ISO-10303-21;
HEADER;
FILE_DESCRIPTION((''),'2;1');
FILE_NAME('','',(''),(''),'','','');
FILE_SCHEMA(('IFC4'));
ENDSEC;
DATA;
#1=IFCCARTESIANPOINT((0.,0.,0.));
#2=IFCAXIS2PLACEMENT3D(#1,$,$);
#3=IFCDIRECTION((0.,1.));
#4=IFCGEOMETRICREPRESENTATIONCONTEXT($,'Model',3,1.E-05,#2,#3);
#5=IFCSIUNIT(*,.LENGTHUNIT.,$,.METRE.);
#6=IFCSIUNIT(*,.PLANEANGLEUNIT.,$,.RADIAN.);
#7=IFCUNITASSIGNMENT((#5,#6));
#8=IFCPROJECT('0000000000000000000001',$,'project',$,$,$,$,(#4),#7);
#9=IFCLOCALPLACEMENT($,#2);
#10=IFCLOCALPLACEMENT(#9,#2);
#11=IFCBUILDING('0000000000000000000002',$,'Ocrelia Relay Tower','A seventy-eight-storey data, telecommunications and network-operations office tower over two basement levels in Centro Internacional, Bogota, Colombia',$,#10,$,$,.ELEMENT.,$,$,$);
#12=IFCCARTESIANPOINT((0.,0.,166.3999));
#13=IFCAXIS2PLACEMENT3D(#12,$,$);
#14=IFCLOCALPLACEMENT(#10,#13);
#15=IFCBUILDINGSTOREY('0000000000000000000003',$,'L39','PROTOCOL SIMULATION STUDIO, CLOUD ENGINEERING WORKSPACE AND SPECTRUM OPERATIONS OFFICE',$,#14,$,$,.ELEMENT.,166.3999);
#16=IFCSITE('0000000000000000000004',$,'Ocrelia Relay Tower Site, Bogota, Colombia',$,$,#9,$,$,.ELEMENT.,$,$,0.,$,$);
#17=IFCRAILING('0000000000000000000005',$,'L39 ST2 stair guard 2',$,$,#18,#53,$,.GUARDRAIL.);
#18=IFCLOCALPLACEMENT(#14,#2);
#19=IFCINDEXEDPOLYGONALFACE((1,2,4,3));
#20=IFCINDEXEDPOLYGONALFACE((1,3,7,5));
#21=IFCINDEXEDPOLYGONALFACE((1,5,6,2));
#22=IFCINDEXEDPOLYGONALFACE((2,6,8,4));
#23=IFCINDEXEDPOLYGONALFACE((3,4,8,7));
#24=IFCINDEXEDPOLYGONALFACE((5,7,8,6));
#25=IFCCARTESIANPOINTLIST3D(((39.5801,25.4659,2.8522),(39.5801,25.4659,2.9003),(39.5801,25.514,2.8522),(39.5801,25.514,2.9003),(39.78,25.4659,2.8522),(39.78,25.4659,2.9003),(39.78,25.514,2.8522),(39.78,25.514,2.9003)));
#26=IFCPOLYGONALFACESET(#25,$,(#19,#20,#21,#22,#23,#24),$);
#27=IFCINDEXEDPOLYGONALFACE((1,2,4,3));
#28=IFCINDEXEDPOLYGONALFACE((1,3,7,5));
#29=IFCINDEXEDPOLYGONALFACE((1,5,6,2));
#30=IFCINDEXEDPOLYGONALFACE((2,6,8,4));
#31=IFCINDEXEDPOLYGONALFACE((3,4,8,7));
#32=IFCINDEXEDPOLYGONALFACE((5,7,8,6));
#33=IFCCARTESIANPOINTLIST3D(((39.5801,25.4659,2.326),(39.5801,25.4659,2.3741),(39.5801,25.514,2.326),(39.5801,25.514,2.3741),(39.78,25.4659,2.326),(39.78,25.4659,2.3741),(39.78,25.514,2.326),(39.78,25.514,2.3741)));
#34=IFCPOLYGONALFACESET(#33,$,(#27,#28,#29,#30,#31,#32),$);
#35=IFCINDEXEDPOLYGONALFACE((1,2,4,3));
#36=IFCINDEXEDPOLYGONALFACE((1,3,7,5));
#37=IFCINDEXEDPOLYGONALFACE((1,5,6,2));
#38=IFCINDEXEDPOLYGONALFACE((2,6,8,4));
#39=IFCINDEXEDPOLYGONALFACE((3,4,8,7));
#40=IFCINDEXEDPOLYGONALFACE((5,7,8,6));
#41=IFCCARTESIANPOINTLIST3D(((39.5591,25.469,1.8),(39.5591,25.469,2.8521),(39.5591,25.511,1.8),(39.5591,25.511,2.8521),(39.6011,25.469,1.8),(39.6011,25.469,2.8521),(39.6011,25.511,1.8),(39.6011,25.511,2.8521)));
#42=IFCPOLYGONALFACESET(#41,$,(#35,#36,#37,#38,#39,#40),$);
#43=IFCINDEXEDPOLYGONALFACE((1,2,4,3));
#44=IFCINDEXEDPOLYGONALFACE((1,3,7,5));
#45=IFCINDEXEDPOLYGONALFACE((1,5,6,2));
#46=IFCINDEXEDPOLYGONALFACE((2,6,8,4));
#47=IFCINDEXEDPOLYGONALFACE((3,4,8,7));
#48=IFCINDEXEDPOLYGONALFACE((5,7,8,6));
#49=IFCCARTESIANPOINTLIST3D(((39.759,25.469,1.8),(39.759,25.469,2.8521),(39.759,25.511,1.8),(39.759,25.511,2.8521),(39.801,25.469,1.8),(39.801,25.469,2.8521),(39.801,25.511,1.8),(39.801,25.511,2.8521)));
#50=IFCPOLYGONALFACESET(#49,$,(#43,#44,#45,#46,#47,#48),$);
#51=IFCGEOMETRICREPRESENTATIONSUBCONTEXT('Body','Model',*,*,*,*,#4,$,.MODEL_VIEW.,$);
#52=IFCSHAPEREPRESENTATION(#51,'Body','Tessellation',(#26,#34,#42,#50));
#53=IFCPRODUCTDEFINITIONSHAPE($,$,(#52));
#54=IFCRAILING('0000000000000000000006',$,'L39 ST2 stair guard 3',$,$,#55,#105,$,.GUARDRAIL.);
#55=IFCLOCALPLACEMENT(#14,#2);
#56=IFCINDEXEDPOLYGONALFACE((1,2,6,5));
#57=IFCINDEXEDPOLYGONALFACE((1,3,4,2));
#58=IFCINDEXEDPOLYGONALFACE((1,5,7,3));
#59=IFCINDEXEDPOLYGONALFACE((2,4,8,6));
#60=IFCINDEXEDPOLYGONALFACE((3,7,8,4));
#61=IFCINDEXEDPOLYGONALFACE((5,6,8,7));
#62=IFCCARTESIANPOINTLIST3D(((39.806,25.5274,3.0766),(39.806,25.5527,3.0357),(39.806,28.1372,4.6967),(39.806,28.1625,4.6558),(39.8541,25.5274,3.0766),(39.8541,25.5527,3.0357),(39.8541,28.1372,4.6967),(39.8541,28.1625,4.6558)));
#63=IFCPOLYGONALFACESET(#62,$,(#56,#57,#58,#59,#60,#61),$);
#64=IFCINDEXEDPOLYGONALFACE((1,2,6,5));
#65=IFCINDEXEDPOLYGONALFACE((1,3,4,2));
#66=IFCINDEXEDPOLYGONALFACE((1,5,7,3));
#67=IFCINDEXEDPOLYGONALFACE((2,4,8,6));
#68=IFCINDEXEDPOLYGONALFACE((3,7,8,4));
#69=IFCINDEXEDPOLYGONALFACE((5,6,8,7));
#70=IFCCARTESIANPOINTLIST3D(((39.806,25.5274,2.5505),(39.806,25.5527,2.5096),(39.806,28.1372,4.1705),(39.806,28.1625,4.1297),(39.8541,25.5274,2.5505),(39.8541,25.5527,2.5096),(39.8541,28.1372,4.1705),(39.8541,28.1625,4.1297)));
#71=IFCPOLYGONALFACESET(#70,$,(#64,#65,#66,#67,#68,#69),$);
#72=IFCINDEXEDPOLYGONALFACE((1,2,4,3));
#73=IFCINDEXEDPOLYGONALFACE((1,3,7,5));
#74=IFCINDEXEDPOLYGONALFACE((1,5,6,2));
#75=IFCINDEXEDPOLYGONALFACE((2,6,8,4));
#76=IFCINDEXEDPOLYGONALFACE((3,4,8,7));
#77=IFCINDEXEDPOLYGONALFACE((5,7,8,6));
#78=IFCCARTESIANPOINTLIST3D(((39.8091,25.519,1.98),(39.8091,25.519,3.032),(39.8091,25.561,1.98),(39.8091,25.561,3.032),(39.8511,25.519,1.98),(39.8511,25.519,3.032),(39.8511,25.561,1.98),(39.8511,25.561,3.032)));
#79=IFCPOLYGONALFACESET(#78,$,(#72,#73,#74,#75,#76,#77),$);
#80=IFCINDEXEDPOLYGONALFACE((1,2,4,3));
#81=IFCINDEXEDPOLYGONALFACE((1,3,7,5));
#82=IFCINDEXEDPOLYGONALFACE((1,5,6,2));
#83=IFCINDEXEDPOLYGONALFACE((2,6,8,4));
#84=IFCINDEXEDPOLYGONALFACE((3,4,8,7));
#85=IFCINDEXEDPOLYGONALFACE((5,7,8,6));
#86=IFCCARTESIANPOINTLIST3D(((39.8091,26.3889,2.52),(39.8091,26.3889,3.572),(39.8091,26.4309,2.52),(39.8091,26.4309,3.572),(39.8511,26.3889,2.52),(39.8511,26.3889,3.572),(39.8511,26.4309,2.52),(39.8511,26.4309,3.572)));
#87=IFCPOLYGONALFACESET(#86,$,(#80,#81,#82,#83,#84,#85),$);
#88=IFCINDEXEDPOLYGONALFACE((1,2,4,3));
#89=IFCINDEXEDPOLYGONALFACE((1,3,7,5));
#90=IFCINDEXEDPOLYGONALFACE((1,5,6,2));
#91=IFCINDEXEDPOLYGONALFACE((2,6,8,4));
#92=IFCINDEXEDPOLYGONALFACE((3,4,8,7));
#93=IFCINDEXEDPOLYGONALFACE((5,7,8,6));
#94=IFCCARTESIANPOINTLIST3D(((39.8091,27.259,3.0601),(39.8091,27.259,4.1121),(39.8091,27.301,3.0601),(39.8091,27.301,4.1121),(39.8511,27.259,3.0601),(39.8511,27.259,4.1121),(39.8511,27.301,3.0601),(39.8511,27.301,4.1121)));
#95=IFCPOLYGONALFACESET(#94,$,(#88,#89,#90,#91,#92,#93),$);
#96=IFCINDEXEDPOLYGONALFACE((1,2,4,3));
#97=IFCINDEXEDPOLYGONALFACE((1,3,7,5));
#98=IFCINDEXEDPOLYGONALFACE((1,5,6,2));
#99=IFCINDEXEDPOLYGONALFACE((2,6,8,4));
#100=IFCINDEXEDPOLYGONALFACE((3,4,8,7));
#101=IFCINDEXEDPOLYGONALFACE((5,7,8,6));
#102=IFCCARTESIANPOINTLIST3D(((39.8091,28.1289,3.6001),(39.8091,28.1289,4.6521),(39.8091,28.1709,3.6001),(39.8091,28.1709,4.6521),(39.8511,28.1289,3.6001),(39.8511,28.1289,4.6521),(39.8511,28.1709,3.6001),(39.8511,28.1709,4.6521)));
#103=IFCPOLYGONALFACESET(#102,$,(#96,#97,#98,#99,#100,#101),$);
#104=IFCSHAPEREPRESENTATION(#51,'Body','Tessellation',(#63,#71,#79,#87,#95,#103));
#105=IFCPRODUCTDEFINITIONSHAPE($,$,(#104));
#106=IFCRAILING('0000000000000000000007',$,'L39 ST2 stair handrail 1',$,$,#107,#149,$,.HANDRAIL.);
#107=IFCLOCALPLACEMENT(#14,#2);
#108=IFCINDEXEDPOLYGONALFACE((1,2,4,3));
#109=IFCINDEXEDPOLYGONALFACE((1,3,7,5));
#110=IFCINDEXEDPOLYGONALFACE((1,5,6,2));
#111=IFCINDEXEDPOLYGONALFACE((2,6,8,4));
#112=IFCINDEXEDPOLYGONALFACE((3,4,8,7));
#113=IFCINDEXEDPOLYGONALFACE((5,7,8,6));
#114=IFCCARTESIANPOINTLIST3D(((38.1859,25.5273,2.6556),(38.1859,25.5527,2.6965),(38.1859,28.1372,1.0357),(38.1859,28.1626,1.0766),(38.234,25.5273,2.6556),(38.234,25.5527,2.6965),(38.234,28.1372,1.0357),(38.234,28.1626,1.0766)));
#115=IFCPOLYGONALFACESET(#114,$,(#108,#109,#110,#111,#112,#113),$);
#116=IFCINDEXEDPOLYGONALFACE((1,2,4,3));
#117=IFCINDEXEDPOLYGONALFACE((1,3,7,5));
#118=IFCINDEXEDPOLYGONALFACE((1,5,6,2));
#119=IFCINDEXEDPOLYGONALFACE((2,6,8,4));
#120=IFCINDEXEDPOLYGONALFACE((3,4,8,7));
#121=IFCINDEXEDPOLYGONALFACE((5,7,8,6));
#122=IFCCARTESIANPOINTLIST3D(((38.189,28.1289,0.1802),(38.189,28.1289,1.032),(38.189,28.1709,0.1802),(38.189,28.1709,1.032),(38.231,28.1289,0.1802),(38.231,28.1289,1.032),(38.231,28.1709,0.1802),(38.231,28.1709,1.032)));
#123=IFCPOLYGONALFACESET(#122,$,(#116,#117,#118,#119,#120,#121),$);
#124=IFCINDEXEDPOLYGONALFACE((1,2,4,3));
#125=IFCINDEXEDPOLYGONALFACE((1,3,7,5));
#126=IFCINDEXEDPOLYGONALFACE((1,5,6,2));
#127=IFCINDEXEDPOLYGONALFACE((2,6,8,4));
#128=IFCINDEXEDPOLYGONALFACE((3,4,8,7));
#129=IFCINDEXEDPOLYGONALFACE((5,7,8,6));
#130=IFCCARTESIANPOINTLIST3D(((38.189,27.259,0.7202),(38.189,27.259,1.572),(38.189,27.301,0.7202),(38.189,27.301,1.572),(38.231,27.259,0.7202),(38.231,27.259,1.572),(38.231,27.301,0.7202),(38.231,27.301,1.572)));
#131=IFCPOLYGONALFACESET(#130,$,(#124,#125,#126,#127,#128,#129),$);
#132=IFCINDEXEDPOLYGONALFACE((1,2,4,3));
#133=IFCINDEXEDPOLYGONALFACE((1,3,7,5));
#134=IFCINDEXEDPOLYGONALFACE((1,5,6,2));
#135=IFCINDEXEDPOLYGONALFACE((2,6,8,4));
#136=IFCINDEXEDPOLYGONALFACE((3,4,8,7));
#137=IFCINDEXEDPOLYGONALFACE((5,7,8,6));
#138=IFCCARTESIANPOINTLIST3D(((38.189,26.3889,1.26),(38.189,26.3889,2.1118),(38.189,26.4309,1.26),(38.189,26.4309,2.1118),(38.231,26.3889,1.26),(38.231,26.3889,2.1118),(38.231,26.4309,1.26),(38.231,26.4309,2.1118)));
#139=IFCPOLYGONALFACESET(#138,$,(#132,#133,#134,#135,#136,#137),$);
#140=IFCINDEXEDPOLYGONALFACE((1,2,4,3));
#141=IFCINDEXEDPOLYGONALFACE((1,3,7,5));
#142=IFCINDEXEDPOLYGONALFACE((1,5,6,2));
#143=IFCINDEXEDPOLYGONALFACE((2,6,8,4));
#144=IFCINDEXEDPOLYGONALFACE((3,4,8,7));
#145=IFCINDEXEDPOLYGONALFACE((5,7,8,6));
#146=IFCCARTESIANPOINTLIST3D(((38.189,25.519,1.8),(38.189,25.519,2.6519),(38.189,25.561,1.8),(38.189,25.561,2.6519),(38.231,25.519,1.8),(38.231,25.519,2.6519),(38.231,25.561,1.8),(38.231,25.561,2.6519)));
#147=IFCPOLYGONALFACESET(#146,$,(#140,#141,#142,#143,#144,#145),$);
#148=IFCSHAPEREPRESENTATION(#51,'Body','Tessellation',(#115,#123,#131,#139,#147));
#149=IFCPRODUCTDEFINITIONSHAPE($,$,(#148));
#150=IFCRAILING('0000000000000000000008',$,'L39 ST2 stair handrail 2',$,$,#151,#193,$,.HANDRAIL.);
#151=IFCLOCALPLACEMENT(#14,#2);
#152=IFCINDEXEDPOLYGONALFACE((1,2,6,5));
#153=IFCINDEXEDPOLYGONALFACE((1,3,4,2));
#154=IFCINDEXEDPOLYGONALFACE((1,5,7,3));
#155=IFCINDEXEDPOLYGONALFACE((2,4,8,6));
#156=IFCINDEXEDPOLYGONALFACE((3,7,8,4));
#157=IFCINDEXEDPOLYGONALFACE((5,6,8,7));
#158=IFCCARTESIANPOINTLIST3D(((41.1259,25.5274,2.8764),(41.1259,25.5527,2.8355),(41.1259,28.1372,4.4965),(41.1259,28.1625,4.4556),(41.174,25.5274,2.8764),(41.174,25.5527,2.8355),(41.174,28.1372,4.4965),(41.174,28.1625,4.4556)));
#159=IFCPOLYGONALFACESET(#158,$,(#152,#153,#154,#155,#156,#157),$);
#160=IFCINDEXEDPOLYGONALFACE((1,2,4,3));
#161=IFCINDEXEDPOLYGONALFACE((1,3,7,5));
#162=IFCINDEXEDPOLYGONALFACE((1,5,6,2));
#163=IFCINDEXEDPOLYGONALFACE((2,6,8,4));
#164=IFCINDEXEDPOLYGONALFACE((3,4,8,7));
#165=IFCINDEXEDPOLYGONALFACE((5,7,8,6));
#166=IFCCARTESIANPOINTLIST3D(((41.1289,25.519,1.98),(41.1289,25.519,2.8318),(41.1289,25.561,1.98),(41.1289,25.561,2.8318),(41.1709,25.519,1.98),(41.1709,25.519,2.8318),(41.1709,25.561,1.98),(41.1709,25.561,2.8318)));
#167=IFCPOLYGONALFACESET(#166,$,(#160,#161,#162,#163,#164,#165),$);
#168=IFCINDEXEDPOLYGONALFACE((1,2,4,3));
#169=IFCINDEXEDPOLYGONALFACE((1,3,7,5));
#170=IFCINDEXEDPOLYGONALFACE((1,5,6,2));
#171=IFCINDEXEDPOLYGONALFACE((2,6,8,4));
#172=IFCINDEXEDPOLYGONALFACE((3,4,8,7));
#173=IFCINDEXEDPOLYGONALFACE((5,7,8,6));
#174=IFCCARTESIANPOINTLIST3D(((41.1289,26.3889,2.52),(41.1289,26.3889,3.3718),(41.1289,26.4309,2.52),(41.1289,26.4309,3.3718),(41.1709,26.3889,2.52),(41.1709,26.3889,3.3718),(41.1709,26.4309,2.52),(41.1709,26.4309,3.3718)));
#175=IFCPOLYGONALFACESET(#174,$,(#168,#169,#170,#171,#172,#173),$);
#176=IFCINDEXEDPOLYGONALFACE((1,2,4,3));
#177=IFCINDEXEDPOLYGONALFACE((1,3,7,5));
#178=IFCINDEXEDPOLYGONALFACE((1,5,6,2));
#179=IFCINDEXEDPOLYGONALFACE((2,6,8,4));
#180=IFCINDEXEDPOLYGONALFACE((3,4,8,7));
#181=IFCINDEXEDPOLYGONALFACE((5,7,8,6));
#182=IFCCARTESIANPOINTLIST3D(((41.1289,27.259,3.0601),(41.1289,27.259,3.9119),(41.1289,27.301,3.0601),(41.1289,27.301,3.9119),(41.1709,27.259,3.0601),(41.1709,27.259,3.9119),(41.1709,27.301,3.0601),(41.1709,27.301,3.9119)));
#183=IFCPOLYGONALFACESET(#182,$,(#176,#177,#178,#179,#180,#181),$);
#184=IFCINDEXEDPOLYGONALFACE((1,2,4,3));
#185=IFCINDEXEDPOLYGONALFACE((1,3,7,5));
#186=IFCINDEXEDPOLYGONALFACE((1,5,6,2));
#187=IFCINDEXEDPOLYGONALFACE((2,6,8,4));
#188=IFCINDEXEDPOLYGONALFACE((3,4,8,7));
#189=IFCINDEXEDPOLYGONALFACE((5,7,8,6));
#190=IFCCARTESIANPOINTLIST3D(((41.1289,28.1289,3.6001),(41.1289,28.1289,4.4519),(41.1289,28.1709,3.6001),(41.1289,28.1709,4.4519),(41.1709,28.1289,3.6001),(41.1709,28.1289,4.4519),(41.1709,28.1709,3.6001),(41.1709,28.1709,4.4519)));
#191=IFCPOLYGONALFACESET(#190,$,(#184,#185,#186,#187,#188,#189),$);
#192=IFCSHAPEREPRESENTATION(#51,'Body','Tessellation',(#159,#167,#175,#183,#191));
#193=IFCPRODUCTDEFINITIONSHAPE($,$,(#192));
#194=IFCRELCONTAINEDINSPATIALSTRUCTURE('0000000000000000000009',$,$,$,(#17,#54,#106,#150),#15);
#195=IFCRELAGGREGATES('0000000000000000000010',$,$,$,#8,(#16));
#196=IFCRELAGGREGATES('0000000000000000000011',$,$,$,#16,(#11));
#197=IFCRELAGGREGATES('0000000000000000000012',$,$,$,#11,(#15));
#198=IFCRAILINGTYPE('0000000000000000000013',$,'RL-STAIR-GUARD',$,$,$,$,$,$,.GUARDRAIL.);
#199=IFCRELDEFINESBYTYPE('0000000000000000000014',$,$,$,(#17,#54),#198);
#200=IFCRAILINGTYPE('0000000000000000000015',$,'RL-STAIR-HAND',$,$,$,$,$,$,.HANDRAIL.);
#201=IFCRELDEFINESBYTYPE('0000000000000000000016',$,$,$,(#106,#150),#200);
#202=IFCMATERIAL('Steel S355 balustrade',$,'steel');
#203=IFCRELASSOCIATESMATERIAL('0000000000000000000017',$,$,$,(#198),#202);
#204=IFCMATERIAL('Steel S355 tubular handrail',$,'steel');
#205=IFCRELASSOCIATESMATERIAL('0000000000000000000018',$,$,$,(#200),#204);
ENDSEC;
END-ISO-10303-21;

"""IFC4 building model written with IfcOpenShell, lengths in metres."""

from ifc_helpers import new_model, si_unit, direction, frame, origin, origin_2d, place, context, subcontext, project, spatial, rectangle, extrude, material, type_object, element, save


model = new_model("IFC4")

# Units and contexts
model_context = context("Model", 3, precision=1e-05, world=origin(), true_north=direction((0.0, 1.0)))
body_context = subcontext(model_context, "Body", "Model", "MODEL_VIEW")
ifc_project = project(units=[si_unit("LENGTHUNIT", "METRE"), si_unit("PLANEANGLEUNIT", "RADIAN")], contexts=[model_context])

# Site, building, storey
site_placement = place(None, origin())
site = spatial("IfcSite", under=ifc_project, at=site_placement, Name="Ocrelia Relay Tower Site, Bogota, Colombia", CompositionType="ELEMENT", RefElevation=0.0)
building_placement = place(site_placement, origin())
building = spatial("IfcBuilding", under=site, at=building_placement, Name="Ocrelia Relay Tower", Description="A seventy-eight-storey data, telecommunications and network-operations office tower over two basement levels in Centro Internacional, Bogota, Colombia", CompositionType="ELEMENT")
storey_placement = place(building_placement, frame((0.0, 0.0, 166.3999)))
storey = spatial("IfcBuildingStorey", under=building, at=storey_placement, Name="L39", Description="PROTOCOL SIMULATION STUDIO, CLOUD ENGINEERING WORKSPACE AND SPECTRUM OPERATIONS OFFICE", CompositionType="ELEMENT", Elevation=166.3999)

# Railings
ifc_material_1 = material(Name="Steel S355 balustrade", Category="steel")
railing_type_1 = type_object("IfcRailingType", Name="RL-STAIR-GUARD", PredefinedType="GUARDRAIL", material=ifc_material_1)
railing_1_placement = place(storey_placement, frame((39.5801, 25.49, 1.8)))
element("IfcRailing", 1, at=railing_1_placement, inside=storey, type_object=railing_type_1, Name="L39 ST2 stair guard 2", PredefinedType="GUARDRAIL", context=body_context, shape_type="SweptSolid", body=[
    extrude(rectangle(XDim=0.0481, YDim=0.0481, at=origin_2d()), frame((0.0, 0.0, 1.0762), z_axis=(1.0, 0.0, 0.0), x_axis=(0.0, 1.0, 0.0)), (0.0, 0.0, 1.0), 0.2),
    extrude(rectangle(XDim=0.0481, YDim=0.0481, at=origin_2d()), frame((0.0, 0.0, 0.55), z_axis=(1.0, 0.0, 0.0), x_axis=(0.0, 1.0, 0.0)), (0.0, 0.0, 1.0), 0.2),
    extrude(rectangle(XDim=0.042, YDim=0.042, at=origin_2d()), origin(), (0.0, 0.0, 1.0), 1.052),
    extrude(rectangle(XDim=0.042, YDim=0.042, at=origin_2d()), frame((0.2, 0.0, 0.0)), (0.0, 0.0, 1.0), 1.052),
])
railing_2_placement = place(storey_placement, frame((39.8301, 25.54, 1.98)))
element("IfcRailing", 2, at=railing_2_placement, inside=storey, type_object=railing_type_1, Name="L39 ST2 stair guard 3", PredefinedType="GUARDRAIL", context=body_context, shape_type="SweptSolid", body=[
    extrude(rectangle(XDim=0.0481, YDim=0.0481, at=origin_2d()), frame((0.0, 0.0, 1.0762), z_axis=(0.0, 0.849611, 0.52741), x_axis=(-1.0, 0.0, 0.0)), (0.0, 0.0, 1.0), 3.0718),
    extrude(rectangle(XDim=0.0481, YDim=0.0481, at=origin_2d()), frame((0.0, 0.0, 0.55), z_axis=(0.0, 0.849611, 0.52741), x_axis=(-1.0, 0.0, 0.0)), (0.0, 0.0, 1.0), 3.0718),
    extrude(rectangle(XDim=0.042, YDim=0.042, at=origin_2d()), origin(), (0.0, 0.0, 1.0), 1.052),
    extrude(rectangle(XDim=0.042, YDim=0.042, at=origin_2d()), frame((0.0, 0.8699, 0.54)), (0.0, 0.0, 1.0), 1.052),
    extrude(rectangle(XDim=0.042, YDim=0.042, at=origin_2d()), frame((0.0, 1.74, 1.0801)), (0.0, 0.0, 1.0), 1.052),
    extrude(rectangle(XDim=0.042, YDim=0.042, at=origin_2d()), frame((0.0, 2.6099, 1.6201)), (0.0, 0.0, 1.0), 1.052),
])
ifc_material_2 = material(Name="Steel S355 tubular handrail", Category="steel")
railing_type_2 = type_object("IfcRailingType", Name="RL-STAIR-HAND", PredefinedType="HANDRAIL", material=ifc_material_2)
railing_3_placement = place(storey_placement, frame((38.21, 28.1499, 0.1802)))
element("IfcRailing", 3, at=railing_3_placement, inside=storey, type_object=railing_type_2, Name="L39 ST2 stair handrail 1", PredefinedType="HANDRAIL", context=body_context, shape_type="SweptSolid", body=[
    extrude(rectangle(XDim=0.0481, YDim=0.0481, at=origin_2d()), frame((0.0, 0.0, 0.876), z_axis=(0.0, -0.849646, 0.527353), x_axis=(1.0, 0.0, 0.0)), (0.0, 0.0, 1.0), 3.0718),
    extrude(rectangle(XDim=0.042, YDim=0.042, at=origin_2d()), origin(), (0.0, 0.0, 1.0), 0.8518),
    extrude(rectangle(XDim=0.042, YDim=0.042, at=origin_2d()), frame((0.0, -0.8699, 0.54)), (0.0, 0.0, 1.0), 0.8518),
    extrude(rectangle(XDim=0.042, YDim=0.042, at=origin_2d()), frame((0.0, -1.74, 1.0798)), (0.0, 0.0, 1.0), 0.8518),
    extrude(rectangle(XDim=0.042, YDim=0.042, at=origin_2d()), frame((0.0, -2.6099, 1.6199)), (0.0, 0.0, 1.0), 0.8518),
])
railing_4_placement = place(storey_placement, frame((41.1499, 25.54, 1.98)))
element("IfcRailing", 4, at=railing_4_placement, inside=storey, type_object=railing_type_2, Name="L39 ST2 stair handrail 2", PredefinedType="HANDRAIL", context=body_context, shape_type="SweptSolid", body=[
    extrude(rectangle(XDim=0.0481, YDim=0.0481, at=origin_2d()), frame((0.0, 0.0, 0.876), z_axis=(0.0, 0.849611, 0.52741), x_axis=(-1.0, 0.0, 0.0)), (0.0, 0.0, 1.0), 3.0718),
    extrude(rectangle(XDim=0.042, YDim=0.042, at=origin_2d()), origin(), (0.0, 0.0, 1.0), 0.8518),
    extrude(rectangle(XDim=0.042, YDim=0.042, at=origin_2d()), frame((0.0, 0.8699, 0.54)), (0.0, 0.0, 1.0), 0.8518),
    extrude(rectangle(XDim=0.042, YDim=0.042, at=origin_2d()), frame((0.0, 1.74, 1.0801)), (0.0, 0.0, 1.0), 0.8518),
    extrude(rectangle(XDim=0.042, YDim=0.042, at=origin_2d()), frame((0.0, 2.6099, 1.6201)), (0.0, 0.0, 1.0), 0.8518),
])

save(model, "model.ifc")
